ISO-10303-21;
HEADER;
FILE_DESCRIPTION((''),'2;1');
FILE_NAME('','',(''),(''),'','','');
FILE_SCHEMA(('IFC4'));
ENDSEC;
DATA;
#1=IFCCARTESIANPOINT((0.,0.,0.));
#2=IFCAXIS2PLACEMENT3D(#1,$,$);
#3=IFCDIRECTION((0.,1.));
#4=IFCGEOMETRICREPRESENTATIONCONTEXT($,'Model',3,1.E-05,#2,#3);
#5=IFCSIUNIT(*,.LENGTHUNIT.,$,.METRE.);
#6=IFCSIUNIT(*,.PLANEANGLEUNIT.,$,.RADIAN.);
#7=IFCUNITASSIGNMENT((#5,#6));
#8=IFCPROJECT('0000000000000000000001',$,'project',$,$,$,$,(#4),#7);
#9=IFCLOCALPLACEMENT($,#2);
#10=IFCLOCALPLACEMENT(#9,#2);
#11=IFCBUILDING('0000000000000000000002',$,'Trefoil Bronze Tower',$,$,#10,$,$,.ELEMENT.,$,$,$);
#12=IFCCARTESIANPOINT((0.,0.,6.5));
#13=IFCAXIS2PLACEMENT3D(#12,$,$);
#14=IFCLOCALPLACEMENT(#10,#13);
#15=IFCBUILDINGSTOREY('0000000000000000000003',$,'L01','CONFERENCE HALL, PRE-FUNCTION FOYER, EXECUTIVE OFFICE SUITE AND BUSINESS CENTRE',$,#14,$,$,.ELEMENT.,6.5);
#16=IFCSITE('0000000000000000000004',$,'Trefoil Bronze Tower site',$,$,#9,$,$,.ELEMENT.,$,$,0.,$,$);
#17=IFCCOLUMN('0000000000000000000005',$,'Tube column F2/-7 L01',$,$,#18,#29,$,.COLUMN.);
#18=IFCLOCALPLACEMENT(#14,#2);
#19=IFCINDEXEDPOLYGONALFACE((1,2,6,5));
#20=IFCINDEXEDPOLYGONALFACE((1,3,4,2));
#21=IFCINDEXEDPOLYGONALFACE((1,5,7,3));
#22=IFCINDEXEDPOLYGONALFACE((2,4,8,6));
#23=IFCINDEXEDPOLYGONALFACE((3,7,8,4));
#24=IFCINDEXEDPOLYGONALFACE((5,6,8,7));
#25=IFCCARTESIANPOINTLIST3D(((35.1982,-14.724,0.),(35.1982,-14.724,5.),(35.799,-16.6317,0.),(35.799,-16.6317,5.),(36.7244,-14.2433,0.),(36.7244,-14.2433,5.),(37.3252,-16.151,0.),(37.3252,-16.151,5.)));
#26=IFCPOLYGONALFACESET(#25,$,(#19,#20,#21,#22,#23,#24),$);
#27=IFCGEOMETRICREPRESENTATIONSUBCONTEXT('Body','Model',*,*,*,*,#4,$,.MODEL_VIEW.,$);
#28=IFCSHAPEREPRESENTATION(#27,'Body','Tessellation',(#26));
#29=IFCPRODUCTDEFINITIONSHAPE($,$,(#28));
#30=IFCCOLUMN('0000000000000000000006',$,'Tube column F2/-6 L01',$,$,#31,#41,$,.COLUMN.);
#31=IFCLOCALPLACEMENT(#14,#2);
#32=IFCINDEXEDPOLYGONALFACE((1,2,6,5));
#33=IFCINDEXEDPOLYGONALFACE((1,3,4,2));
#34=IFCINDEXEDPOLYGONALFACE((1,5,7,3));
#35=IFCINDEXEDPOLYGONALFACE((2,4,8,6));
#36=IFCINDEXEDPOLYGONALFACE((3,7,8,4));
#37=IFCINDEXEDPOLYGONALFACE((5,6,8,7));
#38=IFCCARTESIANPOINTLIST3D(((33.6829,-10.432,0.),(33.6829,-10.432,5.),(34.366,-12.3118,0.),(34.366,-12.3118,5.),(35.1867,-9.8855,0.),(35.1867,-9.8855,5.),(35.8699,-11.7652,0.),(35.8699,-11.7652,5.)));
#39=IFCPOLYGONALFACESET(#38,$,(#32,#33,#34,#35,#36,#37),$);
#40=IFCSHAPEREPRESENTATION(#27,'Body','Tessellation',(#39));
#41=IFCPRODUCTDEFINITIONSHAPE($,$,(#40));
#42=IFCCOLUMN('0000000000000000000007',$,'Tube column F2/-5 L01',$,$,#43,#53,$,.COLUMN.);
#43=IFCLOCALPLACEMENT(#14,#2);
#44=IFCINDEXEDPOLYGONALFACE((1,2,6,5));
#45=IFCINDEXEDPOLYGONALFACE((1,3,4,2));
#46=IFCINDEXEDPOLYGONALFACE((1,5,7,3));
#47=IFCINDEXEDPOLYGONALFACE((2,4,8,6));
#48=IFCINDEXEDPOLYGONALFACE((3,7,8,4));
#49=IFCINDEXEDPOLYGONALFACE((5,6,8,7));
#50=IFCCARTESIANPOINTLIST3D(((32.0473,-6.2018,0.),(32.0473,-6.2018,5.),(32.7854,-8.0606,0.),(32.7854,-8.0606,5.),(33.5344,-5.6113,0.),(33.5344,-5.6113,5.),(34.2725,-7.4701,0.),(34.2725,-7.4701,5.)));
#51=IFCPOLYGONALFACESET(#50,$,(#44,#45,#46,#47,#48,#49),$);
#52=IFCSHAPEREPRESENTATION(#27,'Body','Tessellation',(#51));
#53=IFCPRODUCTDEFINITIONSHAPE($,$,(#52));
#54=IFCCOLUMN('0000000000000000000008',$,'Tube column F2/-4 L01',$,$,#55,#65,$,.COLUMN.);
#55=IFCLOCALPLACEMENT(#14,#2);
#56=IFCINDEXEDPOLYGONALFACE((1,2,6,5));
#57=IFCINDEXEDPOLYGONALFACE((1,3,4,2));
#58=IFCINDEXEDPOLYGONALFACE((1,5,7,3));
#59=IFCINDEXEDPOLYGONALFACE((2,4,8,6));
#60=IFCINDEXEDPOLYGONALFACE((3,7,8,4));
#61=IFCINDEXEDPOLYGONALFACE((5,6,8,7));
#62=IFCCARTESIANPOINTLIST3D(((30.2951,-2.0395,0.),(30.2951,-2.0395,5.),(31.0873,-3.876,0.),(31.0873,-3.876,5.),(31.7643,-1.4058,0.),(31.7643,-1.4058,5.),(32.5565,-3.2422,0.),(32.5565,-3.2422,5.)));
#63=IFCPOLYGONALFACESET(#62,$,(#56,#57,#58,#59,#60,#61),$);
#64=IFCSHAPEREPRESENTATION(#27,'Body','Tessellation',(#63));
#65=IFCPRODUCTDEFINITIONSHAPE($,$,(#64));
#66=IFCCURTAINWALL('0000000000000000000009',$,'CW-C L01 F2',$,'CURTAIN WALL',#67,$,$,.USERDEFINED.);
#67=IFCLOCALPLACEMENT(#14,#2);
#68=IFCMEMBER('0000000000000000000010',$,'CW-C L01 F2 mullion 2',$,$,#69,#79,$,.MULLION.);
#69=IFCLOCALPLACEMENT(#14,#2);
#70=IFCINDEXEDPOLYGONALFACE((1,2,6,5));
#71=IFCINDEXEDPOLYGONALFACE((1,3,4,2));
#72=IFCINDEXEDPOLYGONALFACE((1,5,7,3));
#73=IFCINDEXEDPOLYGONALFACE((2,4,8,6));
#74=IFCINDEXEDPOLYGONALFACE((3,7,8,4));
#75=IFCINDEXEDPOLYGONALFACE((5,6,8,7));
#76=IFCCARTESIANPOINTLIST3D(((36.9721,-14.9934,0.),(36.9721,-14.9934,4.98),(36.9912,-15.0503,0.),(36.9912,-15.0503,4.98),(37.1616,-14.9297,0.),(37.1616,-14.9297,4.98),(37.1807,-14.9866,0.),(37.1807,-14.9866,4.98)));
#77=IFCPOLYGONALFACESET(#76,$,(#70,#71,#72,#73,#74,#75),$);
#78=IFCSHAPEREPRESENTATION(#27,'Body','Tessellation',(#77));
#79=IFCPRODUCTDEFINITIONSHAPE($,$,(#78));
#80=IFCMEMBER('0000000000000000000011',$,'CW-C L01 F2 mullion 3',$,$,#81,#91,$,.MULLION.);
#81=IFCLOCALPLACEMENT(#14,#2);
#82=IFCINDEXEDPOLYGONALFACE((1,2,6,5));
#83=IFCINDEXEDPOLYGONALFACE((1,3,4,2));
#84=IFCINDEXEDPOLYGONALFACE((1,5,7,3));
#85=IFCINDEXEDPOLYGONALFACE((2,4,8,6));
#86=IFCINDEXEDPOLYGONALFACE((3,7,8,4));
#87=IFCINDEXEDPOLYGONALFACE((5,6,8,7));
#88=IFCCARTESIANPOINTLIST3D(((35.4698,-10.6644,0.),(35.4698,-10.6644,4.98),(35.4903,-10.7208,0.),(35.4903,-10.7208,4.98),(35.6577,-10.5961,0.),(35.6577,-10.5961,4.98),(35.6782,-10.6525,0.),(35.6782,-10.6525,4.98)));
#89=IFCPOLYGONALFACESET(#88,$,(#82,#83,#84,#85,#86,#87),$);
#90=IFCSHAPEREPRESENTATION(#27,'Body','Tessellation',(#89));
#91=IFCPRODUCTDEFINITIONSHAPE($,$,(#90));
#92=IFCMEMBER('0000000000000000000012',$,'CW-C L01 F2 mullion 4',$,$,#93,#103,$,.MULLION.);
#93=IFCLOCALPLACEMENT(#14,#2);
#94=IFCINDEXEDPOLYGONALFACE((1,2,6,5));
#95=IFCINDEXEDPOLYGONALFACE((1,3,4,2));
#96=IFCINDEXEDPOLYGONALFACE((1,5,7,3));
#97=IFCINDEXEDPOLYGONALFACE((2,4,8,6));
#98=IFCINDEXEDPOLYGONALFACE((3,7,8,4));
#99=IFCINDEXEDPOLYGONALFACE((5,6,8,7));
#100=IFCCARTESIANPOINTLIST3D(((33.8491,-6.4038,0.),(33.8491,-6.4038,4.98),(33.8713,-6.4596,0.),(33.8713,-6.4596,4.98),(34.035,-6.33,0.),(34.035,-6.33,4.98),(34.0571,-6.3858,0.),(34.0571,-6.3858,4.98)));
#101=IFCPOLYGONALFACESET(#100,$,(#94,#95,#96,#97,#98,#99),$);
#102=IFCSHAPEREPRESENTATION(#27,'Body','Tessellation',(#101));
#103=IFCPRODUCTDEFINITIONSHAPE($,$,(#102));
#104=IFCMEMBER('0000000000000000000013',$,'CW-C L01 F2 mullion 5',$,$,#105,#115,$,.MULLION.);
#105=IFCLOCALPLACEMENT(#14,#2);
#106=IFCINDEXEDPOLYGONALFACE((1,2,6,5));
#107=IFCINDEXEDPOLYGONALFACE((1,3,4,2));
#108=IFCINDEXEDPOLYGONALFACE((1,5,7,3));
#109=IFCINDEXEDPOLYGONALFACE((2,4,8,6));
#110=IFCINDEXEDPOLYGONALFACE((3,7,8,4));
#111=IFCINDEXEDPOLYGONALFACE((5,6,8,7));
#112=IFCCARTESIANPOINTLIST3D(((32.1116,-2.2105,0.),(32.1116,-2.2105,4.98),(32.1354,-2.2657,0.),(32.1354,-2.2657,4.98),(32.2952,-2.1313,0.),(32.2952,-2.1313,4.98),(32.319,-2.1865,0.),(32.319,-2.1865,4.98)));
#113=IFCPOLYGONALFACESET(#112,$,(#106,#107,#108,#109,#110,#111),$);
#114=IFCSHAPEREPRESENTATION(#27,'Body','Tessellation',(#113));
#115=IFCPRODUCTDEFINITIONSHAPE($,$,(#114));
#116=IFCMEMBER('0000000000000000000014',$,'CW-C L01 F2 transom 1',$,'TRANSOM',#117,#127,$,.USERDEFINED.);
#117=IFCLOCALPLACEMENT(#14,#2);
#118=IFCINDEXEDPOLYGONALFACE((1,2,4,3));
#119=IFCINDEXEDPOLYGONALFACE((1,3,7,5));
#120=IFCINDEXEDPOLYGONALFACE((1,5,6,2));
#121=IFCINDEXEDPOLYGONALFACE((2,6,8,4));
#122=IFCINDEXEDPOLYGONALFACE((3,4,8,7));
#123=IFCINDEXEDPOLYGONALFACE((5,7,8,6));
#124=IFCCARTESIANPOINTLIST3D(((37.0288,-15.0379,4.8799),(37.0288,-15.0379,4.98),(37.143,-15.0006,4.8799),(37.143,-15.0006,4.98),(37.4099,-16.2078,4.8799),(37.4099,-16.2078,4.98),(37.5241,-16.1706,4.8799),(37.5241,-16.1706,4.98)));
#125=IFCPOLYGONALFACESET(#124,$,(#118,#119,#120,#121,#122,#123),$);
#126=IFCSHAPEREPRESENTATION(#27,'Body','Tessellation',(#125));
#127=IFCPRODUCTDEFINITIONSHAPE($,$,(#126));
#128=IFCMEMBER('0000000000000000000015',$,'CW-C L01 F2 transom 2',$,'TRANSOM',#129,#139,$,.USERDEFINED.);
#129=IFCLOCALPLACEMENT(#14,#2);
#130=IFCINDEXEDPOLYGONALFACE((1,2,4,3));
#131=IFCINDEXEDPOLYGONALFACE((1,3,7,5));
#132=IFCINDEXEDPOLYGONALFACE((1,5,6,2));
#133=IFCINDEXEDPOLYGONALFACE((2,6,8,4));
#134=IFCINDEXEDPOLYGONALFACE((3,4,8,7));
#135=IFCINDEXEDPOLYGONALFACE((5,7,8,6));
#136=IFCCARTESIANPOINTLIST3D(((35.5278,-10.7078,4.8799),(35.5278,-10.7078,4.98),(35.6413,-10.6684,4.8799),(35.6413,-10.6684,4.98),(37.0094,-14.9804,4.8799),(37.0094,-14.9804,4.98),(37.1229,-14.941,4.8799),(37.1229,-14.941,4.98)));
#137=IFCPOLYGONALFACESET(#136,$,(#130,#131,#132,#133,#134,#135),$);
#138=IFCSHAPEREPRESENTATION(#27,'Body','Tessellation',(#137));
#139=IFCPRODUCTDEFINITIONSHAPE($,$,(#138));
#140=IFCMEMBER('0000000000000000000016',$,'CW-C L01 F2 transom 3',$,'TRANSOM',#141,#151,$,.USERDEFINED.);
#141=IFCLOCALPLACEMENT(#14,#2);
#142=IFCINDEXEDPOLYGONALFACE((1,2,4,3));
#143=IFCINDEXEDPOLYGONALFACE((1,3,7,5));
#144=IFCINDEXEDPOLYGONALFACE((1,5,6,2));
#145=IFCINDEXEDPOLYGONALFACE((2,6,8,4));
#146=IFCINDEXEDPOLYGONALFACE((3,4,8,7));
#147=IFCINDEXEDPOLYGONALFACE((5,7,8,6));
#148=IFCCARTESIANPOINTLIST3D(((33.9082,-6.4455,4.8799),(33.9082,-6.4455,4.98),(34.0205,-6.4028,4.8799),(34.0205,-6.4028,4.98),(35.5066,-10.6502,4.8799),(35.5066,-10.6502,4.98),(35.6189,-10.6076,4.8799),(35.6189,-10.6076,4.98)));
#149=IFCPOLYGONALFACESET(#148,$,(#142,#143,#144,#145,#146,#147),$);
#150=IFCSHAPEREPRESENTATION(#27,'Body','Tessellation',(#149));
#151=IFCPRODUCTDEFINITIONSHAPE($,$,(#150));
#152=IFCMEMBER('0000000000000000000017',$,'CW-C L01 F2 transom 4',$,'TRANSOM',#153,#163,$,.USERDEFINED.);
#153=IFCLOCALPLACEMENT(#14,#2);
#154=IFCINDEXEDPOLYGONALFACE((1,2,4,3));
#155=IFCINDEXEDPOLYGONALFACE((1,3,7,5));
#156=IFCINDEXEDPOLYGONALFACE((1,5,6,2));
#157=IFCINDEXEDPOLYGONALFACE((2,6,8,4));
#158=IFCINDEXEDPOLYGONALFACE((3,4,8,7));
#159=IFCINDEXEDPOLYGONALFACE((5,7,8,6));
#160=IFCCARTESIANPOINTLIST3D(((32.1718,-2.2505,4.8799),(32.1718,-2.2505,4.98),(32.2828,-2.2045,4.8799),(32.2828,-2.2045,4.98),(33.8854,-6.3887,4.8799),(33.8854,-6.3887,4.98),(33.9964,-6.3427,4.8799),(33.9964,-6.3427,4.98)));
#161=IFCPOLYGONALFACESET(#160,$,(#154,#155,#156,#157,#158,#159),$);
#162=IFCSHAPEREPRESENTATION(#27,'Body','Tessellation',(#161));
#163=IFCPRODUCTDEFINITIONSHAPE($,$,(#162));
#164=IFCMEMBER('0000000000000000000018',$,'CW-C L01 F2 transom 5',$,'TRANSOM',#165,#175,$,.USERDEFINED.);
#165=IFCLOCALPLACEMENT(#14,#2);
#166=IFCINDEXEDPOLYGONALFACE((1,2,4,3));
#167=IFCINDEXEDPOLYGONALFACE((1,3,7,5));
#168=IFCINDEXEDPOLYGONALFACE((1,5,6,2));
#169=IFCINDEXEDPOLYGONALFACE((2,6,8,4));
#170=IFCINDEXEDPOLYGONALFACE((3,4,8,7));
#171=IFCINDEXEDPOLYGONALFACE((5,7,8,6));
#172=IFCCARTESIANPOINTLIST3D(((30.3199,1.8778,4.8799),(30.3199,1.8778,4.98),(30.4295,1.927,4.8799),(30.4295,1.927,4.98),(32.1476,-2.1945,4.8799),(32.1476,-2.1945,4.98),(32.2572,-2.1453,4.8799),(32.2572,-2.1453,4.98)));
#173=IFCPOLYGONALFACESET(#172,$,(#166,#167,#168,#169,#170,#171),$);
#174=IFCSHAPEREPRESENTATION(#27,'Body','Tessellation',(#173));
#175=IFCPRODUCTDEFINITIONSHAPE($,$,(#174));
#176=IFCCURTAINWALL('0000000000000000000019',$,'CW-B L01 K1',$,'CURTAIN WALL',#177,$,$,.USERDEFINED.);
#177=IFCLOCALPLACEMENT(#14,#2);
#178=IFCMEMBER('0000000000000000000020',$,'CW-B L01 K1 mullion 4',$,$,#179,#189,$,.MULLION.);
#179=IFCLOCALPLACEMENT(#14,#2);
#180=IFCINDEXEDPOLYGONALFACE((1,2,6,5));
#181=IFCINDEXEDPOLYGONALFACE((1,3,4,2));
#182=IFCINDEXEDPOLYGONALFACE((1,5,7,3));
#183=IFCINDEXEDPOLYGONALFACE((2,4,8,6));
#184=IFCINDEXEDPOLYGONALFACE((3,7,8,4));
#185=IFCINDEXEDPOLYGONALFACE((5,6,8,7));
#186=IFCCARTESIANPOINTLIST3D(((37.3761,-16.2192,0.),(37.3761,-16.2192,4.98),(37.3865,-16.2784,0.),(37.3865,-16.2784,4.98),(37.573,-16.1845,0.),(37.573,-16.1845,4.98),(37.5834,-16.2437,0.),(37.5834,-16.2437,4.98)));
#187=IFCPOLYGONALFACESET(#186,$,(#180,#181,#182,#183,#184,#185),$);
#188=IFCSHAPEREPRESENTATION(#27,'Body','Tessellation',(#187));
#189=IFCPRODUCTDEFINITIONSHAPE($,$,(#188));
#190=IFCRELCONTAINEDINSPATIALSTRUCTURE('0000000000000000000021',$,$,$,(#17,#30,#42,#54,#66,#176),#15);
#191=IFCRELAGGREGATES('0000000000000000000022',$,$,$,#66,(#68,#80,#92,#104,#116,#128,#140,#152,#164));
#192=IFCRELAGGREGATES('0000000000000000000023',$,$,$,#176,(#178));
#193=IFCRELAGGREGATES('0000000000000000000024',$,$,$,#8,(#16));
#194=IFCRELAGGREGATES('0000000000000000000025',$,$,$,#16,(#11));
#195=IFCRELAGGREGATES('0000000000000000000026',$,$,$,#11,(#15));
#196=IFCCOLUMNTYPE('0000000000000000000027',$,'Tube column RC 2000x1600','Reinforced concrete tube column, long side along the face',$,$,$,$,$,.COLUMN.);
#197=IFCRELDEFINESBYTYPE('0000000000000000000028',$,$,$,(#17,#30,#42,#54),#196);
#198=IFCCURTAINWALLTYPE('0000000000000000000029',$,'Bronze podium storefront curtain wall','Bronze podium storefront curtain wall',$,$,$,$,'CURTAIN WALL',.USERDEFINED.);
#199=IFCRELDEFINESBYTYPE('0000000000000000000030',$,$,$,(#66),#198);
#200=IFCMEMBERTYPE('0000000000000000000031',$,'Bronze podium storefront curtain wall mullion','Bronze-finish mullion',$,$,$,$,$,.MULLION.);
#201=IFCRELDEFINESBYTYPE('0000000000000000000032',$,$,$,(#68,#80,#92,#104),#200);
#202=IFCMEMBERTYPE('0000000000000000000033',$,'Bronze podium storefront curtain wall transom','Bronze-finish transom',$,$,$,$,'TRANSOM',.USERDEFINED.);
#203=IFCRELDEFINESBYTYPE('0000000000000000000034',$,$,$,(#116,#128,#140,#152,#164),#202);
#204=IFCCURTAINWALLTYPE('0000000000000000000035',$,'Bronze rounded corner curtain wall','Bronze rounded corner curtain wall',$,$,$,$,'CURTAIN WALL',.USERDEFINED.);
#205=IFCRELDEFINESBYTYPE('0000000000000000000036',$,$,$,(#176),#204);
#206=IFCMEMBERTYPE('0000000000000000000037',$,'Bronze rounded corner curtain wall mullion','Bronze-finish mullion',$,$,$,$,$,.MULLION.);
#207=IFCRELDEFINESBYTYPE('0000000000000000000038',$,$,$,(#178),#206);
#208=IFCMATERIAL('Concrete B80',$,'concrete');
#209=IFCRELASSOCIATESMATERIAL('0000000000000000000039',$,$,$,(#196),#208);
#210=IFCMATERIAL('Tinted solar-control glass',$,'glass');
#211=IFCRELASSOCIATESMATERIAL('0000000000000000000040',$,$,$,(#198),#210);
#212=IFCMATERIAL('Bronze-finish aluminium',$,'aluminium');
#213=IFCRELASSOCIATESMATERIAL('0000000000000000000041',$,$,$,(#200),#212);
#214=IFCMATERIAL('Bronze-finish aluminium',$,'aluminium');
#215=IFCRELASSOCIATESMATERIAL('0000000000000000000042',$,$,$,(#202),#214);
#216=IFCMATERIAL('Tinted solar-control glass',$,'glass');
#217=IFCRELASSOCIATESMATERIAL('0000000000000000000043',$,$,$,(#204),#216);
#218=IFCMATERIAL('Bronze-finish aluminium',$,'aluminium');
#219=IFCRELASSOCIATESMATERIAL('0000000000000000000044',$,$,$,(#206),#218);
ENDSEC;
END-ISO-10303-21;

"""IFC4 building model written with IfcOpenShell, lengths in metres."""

from ifc_helpers import new_model, si_unit, direction, frame, origin, origin_2d, place, context, subcontext, project, spatial, rectangle, extrude, material, material_profile, profile_set, type_object, element, aggregate, save


model = new_model("IFC4")

# Units and contexts
model_context = context("Model", 3, precision=1e-05, world=origin(), true_north=direction((0.0, 1.0)))
body_context = subcontext(model_context, "Body", "Model", "MODEL_VIEW")
ifc_project = project(units=[si_unit("LENGTHUNIT", "METRE"), si_unit("PLANEANGLEUNIT", "RADIAN")], contexts=[model_context])

# Site, building, storey
site_placement = place(None, origin())
site = spatial("IfcSite", under=ifc_project, at=site_placement, Name="Trefoil Bronze Tower site", CompositionType="ELEMENT", RefElevation=0.0)
building_placement = place(site_placement, origin())
building = spatial("IfcBuilding", under=site, at=building_placement, Name="Trefoil Bronze Tower", CompositionType="ELEMENT")
storey_placement = place(building_placement, frame((0.0, 0.0, 6.5)))
storey = spatial("IfcBuildingStorey", under=building, at=storey_placement, Name="L01", Description="CONFERENCE HALL, PRE-FUNCTION FOYER, EXECUTIVE OFFICE SUITE AND BUSINESS CENTRE", CompositionType="ELEMENT", Elevation=6.5)

# Columns
ifc_material_1 = material(Name="Concrete B80", Category="concrete")
ifc_material_profile_1 = material_profile(ifc_material_1, rectangle(XDim=2.0, YDim=1.6001, at=origin_2d()), Name="RC 2000x1600")
ifc_profile_set_1 = profile_set([ifc_material_profile_1], Name="Concrete B80")
column_type = type_object("IfcColumnType", Name="Tube column RC 2000x1600", Description="Reinforced concrete tube column, long side along the face", PredefinedType="COLUMN", material=ifc_profile_set_1)
for number, where, z_axis, x_axis, name in (
    (1, (36.2617, -15.4375, 0.0), (0.0, 0.0, 1.0), (-0.300414, 0.953809, 0.0), "Tube column F2/-7 L01"),
    (2, (34.7764, -11.0986, 0.0), (0.0, 0.0, 1.0), (-0.341559, 0.93986, 0.0), "Tube column F2/-6 L01"),
    (3, (33.1599, -6.8359, 0.0), (0.0, 0.0, 1.0), (-0.36904, 0.929414, 0.0), "Tube column F2/-5 L01"),
    (4, (31.4258, -2.6409, 0.0), (0.0, 0.0, 1.0), (-0.396085, 0.918214, 0.0), "Tube column F2/-4 L01"),
):
    element("IfcColumn", number, at=place(storey_placement, frame(where, z_axis=z_axis, x_axis=x_axis)), inside=storey, type_object=column_type, Name=name, PredefinedType="COLUMN", context=body_context, shape_type="SweptSolid", body=[
        extrude(rectangle(XDim=2.0, YDim=1.6001, at=origin_2d()), origin(), (0.0, 0.0, 1.0), 5.0),
    ])

# Curtain wall, members
ifc_material_2 = material(Name="Tinted solar-control glass", Category="glass")
curtain_wall_type_1 = type_object("IfcCurtainWallType", Name="Bronze podium storefront curtain wall", Description="Bronze podium storefront curtain wall", ElementType="CURTAIN WALL", PredefinedType="USERDEFINED", material=ifc_material_2)
curtain_wall_1_placement = place(storey_placement, origin())
curtain_wall_1 = element("IfcCurtainWall", 5, at=curtain_wall_1_placement, inside=storey, type_object=curtain_wall_type_1, Name="CW-C L01 F2", ObjectType="CURTAIN WALL", PredefinedType="USERDEFINED")
ifc_material_3 = material(Name="Bronze-finish aluminium", Category="aluminium")
ifc_material_profile_2 = material_profile(ifc_material_3, rectangle(XDim=0.2, YDim=0.0601, at=origin_2d()), Name="CW-C mullion")
ifc_profile_set_2 = profile_set([ifc_material_profile_2], Name="Bronze-finish aluminium")
member_type_1 = type_object("IfcMemberType", Name="Bronze podium storefront curtain wall mullion", Description="Bronze-finish mullion", PredefinedType="MULLION", material=ifc_profile_set_2)
member_1_placement = place(storey_placement, frame((37.0764, -14.99, 0.0), z_axis=(0.0, 0.0, 1.0), x_axis=(-0.947851, -0.318715, 0.0)))
member_1 = element("IfcMember", 6, at=member_1_placement, type_object=member_type_1, Name="CW-C L01 F2 mullion 2", PredefinedType="MULLION", context=body_context, shape_type="SweptSolid", body=[
    extrude(rectangle(XDim=0.2, YDim=0.0601, at=origin_2d()), origin(), (0.0, 0.0, 1.0), 4.98),
])
member_2_placement = place(storey_placement, frame((35.574, -10.6584, 0.0), z_axis=(0.0, 0.0, 1.0), x_axis=(-0.93986, -0.341559, 0.0)))
member_2 = element("IfcMember", 7, at=member_2_placement, type_object=member_type_1, Name="CW-C L01 F2 mullion 3", PredefinedType="MULLION", context=body_context, shape_type="SweptSolid", body=[
    extrude(rectangle(XDim=0.2, YDim=0.0601, at=origin_2d()), origin(), (0.0, 0.0, 1.0), 4.98),
])
member_3_placement = place(storey_placement, frame((33.9531, -6.3948, 0.0), z_axis=(0.0, 0.0, 1.0), x_axis=(-0.929414, -0.36904, 0.0)))
member_3 = element("IfcMember", 8, at=member_3_placement, type_object=member_type_1, Name="CW-C L01 F2 mullion 4", PredefinedType="MULLION", context=body_context, shape_type="SweptSolid", body=[
    extrude(rectangle(XDim=0.2, YDim=0.0601, at=origin_2d()), origin(), (0.0, 0.0, 1.0), 4.98),
])
member_4_placement = place(storey_placement, frame((32.2153, -2.1985, 0.0), z_axis=(0.0, 0.0, 1.0), x_axis=(-0.918214, -0.396085, 0.0)))
member_4 = element("IfcMember", 9, at=member_4_placement, type_object=member_type_1, Name="CW-C L01 F2 mullion 5", PredefinedType="MULLION", context=body_context, shape_type="SweptSolid", body=[
    extrude(rectangle(XDim=0.2, YDim=0.0601, at=origin_2d()), origin(), (0.0, 0.0, 1.0), 4.98),
])
ifc_material_4 = material(Name="Bronze-finish aluminium", Category="aluminium")
ifc_material_profile_3 = material_profile(ifc_material_4, rectangle(XDim=0.1201, YDim=0.1001, at=origin_2d()), Name="CW-C transom")
ifc_profile_set_3 = profile_set([ifc_material_profile_3], Name="Bronze-finish aluminium")
member_type_2 = type_object("IfcMemberType", Name="Bronze podium storefront curtain wall transom", Description="Bronze-finish transom", ElementType="TRANSOM", PredefinedType="USERDEFINED", material=ifc_profile_set_3)
member_5_placement = place(storey_placement, frame((37.467, -16.1892, 4.9299), z_axis=(-0.309732, 0.950824, 0.0), x_axis=(-0.950824, -0.309732, 0.0)))
member_5 = element("IfcMember", 10, at=member_5_placement, type_object=member_type_2, Name="CW-C L01 F2 transom 1", ObjectType="TRANSOM", PredefinedType="USERDEFINED", context=body_context, shape_type="SweptSolid", body=[
    extrude(rectangle(XDim=0.1201, YDim=0.1001, at=origin_2d()), origin(), (0.0, 0.0, 1.0), 1.2305),
])
member_6_placement = place(storey_placement, frame((37.0662, -14.9607, 4.9299), z_axis=(-0.327639, 0.944803, 0.0), x_axis=(-0.944803, -0.327639, 0.0)))
member_6 = element("IfcMember", 11, at=member_6_placement, type_object=member_type_2, Name="CW-C L01 F2 transom 2", ObjectType="TRANSOM", PredefinedType="USERDEFINED", context=body_context, shape_type="SweptSolid", body=[
    extrude(rectangle(XDim=0.1201, YDim=0.1001, at=origin_2d()), origin(), (0.0, 0.0, 1.0), 4.5222),
])
member_7_placement = place(storey_placement, frame((35.5627, -10.6289, 4.9299), z_axis=(-0.355325, 0.934743, 0.0), x_axis=(-0.934743, -0.355325, 0.0)))
member_7 = element("IfcMember", 12, at=member_7_placement, type_object=member_type_2, Name="CW-C L01 F2 transom 3", ObjectType="TRANSOM", PredefinedType="USERDEFINED", context=body_context, shape_type="SweptSolid", body=[
    extrude(rectangle(XDim=0.1201, YDim=0.1001, at=origin_2d()), origin(), (0.0, 0.0, 1.0), 4.4983),
])
member_8_placement = place(storey_placement, frame((33.9409, -6.3657, 4.9299), z_axis=(-0.382594, 0.923917, 0.0), x_axis=(-0.923917, -0.382594, 0.0)))
member_8 = element("IfcMember", 13, at=member_8_placement, type_object=member_type_2, Name="CW-C L01 F2 transom 4", ObjectType="TRANSOM", PredefinedType="USERDEFINED", context=body_context, shape_type="SweptSolid", body=[
    extrude(rectangle(XDim=0.1201, YDim=0.1001, at=origin_2d()), origin(), (0.0, 0.0, 1.0), 4.479),
])
member_9_placement = place(storey_placement, frame((32.2024, -2.1699, 4.9299), z_axis=(-0.409455, 0.91233, 0.0), x_axis=(-0.91233, -0.409455, 0.0)))
member_9 = element("IfcMember", 14, at=member_9_placement, type_object=member_type_2, Name="CW-C L01 F2 transom 5", ObjectType="TRANSOM", PredefinedType="USERDEFINED", context=body_context, shape_type="SweptSolid", body=[
    extrude(rectangle(XDim=0.1201, YDim=0.1001, at=origin_2d()), origin(), (0.0, 0.0, 1.0), 4.4636),
])

# Curtain wall, member
ifc_material_5 = material(Name="Tinted solar-control glass", Category="glass")
curtain_wall_type_2 = type_object("IfcCurtainWallType", Name="Bronze rounded corner curtain wall", Description="Bronze rounded corner curtain wall", ElementType="CURTAIN WALL", PredefinedType="USERDEFINED", material=ifc_material_5)
curtain_wall_2_placement = place(storey_placement, origin())
curtain_wall_2 = element("IfcCurtainWall", 15, at=curtain_wall_2_placement, inside=storey, type_object=curtain_wall_type_2, Name="CW-B L01 K1", ObjectType="CURTAIN WALL", PredefinedType="USERDEFINED")
ifc_material_6 = material(Name="Bronze-finish aluminium", Category="aluminium")
ifc_material_profile_4 = material_profile(ifc_material_6, rectangle(XDim=0.2, YDim=0.0601, at=origin_2d()), Name="CW-B mullion")
ifc_profile_set_4 = profile_set([ifc_material_profile_4], Name="Bronze-finish aluminium")
member_type_3 = type_object("IfcMemberType", Name="Bronze rounded corner curtain wall mullion", Description="Bronze-finish mullion", PredefinedType="MULLION", material=ifc_profile_set_4)
member_10_placement = place(storey_placement, frame((37.4797, -16.2314, 0.0), z_axis=(0.0, 0.0, 1.0), x_axis=(-0.984808, -0.173648, 0.0)))
member_10 = element("IfcMember", 16, at=member_10_placement, type_object=member_type_3, Name="CW-B L01 K1 mullion 4", PredefinedType="MULLION", context=body_context, shape_type="SweptSolid", body=[
    extrude(rectangle(XDim=0.2, YDim=0.0601, at=origin_2d()), origin(), (0.0, 0.0, 1.0), 4.98),
])

aggregate(curtain_wall_1, [member_1, member_2, member_3, member_4, member_5, member_6, member_7, member_8, member_9])
aggregate(curtain_wall_2, [member_10])

save(model, "model.ifc")
